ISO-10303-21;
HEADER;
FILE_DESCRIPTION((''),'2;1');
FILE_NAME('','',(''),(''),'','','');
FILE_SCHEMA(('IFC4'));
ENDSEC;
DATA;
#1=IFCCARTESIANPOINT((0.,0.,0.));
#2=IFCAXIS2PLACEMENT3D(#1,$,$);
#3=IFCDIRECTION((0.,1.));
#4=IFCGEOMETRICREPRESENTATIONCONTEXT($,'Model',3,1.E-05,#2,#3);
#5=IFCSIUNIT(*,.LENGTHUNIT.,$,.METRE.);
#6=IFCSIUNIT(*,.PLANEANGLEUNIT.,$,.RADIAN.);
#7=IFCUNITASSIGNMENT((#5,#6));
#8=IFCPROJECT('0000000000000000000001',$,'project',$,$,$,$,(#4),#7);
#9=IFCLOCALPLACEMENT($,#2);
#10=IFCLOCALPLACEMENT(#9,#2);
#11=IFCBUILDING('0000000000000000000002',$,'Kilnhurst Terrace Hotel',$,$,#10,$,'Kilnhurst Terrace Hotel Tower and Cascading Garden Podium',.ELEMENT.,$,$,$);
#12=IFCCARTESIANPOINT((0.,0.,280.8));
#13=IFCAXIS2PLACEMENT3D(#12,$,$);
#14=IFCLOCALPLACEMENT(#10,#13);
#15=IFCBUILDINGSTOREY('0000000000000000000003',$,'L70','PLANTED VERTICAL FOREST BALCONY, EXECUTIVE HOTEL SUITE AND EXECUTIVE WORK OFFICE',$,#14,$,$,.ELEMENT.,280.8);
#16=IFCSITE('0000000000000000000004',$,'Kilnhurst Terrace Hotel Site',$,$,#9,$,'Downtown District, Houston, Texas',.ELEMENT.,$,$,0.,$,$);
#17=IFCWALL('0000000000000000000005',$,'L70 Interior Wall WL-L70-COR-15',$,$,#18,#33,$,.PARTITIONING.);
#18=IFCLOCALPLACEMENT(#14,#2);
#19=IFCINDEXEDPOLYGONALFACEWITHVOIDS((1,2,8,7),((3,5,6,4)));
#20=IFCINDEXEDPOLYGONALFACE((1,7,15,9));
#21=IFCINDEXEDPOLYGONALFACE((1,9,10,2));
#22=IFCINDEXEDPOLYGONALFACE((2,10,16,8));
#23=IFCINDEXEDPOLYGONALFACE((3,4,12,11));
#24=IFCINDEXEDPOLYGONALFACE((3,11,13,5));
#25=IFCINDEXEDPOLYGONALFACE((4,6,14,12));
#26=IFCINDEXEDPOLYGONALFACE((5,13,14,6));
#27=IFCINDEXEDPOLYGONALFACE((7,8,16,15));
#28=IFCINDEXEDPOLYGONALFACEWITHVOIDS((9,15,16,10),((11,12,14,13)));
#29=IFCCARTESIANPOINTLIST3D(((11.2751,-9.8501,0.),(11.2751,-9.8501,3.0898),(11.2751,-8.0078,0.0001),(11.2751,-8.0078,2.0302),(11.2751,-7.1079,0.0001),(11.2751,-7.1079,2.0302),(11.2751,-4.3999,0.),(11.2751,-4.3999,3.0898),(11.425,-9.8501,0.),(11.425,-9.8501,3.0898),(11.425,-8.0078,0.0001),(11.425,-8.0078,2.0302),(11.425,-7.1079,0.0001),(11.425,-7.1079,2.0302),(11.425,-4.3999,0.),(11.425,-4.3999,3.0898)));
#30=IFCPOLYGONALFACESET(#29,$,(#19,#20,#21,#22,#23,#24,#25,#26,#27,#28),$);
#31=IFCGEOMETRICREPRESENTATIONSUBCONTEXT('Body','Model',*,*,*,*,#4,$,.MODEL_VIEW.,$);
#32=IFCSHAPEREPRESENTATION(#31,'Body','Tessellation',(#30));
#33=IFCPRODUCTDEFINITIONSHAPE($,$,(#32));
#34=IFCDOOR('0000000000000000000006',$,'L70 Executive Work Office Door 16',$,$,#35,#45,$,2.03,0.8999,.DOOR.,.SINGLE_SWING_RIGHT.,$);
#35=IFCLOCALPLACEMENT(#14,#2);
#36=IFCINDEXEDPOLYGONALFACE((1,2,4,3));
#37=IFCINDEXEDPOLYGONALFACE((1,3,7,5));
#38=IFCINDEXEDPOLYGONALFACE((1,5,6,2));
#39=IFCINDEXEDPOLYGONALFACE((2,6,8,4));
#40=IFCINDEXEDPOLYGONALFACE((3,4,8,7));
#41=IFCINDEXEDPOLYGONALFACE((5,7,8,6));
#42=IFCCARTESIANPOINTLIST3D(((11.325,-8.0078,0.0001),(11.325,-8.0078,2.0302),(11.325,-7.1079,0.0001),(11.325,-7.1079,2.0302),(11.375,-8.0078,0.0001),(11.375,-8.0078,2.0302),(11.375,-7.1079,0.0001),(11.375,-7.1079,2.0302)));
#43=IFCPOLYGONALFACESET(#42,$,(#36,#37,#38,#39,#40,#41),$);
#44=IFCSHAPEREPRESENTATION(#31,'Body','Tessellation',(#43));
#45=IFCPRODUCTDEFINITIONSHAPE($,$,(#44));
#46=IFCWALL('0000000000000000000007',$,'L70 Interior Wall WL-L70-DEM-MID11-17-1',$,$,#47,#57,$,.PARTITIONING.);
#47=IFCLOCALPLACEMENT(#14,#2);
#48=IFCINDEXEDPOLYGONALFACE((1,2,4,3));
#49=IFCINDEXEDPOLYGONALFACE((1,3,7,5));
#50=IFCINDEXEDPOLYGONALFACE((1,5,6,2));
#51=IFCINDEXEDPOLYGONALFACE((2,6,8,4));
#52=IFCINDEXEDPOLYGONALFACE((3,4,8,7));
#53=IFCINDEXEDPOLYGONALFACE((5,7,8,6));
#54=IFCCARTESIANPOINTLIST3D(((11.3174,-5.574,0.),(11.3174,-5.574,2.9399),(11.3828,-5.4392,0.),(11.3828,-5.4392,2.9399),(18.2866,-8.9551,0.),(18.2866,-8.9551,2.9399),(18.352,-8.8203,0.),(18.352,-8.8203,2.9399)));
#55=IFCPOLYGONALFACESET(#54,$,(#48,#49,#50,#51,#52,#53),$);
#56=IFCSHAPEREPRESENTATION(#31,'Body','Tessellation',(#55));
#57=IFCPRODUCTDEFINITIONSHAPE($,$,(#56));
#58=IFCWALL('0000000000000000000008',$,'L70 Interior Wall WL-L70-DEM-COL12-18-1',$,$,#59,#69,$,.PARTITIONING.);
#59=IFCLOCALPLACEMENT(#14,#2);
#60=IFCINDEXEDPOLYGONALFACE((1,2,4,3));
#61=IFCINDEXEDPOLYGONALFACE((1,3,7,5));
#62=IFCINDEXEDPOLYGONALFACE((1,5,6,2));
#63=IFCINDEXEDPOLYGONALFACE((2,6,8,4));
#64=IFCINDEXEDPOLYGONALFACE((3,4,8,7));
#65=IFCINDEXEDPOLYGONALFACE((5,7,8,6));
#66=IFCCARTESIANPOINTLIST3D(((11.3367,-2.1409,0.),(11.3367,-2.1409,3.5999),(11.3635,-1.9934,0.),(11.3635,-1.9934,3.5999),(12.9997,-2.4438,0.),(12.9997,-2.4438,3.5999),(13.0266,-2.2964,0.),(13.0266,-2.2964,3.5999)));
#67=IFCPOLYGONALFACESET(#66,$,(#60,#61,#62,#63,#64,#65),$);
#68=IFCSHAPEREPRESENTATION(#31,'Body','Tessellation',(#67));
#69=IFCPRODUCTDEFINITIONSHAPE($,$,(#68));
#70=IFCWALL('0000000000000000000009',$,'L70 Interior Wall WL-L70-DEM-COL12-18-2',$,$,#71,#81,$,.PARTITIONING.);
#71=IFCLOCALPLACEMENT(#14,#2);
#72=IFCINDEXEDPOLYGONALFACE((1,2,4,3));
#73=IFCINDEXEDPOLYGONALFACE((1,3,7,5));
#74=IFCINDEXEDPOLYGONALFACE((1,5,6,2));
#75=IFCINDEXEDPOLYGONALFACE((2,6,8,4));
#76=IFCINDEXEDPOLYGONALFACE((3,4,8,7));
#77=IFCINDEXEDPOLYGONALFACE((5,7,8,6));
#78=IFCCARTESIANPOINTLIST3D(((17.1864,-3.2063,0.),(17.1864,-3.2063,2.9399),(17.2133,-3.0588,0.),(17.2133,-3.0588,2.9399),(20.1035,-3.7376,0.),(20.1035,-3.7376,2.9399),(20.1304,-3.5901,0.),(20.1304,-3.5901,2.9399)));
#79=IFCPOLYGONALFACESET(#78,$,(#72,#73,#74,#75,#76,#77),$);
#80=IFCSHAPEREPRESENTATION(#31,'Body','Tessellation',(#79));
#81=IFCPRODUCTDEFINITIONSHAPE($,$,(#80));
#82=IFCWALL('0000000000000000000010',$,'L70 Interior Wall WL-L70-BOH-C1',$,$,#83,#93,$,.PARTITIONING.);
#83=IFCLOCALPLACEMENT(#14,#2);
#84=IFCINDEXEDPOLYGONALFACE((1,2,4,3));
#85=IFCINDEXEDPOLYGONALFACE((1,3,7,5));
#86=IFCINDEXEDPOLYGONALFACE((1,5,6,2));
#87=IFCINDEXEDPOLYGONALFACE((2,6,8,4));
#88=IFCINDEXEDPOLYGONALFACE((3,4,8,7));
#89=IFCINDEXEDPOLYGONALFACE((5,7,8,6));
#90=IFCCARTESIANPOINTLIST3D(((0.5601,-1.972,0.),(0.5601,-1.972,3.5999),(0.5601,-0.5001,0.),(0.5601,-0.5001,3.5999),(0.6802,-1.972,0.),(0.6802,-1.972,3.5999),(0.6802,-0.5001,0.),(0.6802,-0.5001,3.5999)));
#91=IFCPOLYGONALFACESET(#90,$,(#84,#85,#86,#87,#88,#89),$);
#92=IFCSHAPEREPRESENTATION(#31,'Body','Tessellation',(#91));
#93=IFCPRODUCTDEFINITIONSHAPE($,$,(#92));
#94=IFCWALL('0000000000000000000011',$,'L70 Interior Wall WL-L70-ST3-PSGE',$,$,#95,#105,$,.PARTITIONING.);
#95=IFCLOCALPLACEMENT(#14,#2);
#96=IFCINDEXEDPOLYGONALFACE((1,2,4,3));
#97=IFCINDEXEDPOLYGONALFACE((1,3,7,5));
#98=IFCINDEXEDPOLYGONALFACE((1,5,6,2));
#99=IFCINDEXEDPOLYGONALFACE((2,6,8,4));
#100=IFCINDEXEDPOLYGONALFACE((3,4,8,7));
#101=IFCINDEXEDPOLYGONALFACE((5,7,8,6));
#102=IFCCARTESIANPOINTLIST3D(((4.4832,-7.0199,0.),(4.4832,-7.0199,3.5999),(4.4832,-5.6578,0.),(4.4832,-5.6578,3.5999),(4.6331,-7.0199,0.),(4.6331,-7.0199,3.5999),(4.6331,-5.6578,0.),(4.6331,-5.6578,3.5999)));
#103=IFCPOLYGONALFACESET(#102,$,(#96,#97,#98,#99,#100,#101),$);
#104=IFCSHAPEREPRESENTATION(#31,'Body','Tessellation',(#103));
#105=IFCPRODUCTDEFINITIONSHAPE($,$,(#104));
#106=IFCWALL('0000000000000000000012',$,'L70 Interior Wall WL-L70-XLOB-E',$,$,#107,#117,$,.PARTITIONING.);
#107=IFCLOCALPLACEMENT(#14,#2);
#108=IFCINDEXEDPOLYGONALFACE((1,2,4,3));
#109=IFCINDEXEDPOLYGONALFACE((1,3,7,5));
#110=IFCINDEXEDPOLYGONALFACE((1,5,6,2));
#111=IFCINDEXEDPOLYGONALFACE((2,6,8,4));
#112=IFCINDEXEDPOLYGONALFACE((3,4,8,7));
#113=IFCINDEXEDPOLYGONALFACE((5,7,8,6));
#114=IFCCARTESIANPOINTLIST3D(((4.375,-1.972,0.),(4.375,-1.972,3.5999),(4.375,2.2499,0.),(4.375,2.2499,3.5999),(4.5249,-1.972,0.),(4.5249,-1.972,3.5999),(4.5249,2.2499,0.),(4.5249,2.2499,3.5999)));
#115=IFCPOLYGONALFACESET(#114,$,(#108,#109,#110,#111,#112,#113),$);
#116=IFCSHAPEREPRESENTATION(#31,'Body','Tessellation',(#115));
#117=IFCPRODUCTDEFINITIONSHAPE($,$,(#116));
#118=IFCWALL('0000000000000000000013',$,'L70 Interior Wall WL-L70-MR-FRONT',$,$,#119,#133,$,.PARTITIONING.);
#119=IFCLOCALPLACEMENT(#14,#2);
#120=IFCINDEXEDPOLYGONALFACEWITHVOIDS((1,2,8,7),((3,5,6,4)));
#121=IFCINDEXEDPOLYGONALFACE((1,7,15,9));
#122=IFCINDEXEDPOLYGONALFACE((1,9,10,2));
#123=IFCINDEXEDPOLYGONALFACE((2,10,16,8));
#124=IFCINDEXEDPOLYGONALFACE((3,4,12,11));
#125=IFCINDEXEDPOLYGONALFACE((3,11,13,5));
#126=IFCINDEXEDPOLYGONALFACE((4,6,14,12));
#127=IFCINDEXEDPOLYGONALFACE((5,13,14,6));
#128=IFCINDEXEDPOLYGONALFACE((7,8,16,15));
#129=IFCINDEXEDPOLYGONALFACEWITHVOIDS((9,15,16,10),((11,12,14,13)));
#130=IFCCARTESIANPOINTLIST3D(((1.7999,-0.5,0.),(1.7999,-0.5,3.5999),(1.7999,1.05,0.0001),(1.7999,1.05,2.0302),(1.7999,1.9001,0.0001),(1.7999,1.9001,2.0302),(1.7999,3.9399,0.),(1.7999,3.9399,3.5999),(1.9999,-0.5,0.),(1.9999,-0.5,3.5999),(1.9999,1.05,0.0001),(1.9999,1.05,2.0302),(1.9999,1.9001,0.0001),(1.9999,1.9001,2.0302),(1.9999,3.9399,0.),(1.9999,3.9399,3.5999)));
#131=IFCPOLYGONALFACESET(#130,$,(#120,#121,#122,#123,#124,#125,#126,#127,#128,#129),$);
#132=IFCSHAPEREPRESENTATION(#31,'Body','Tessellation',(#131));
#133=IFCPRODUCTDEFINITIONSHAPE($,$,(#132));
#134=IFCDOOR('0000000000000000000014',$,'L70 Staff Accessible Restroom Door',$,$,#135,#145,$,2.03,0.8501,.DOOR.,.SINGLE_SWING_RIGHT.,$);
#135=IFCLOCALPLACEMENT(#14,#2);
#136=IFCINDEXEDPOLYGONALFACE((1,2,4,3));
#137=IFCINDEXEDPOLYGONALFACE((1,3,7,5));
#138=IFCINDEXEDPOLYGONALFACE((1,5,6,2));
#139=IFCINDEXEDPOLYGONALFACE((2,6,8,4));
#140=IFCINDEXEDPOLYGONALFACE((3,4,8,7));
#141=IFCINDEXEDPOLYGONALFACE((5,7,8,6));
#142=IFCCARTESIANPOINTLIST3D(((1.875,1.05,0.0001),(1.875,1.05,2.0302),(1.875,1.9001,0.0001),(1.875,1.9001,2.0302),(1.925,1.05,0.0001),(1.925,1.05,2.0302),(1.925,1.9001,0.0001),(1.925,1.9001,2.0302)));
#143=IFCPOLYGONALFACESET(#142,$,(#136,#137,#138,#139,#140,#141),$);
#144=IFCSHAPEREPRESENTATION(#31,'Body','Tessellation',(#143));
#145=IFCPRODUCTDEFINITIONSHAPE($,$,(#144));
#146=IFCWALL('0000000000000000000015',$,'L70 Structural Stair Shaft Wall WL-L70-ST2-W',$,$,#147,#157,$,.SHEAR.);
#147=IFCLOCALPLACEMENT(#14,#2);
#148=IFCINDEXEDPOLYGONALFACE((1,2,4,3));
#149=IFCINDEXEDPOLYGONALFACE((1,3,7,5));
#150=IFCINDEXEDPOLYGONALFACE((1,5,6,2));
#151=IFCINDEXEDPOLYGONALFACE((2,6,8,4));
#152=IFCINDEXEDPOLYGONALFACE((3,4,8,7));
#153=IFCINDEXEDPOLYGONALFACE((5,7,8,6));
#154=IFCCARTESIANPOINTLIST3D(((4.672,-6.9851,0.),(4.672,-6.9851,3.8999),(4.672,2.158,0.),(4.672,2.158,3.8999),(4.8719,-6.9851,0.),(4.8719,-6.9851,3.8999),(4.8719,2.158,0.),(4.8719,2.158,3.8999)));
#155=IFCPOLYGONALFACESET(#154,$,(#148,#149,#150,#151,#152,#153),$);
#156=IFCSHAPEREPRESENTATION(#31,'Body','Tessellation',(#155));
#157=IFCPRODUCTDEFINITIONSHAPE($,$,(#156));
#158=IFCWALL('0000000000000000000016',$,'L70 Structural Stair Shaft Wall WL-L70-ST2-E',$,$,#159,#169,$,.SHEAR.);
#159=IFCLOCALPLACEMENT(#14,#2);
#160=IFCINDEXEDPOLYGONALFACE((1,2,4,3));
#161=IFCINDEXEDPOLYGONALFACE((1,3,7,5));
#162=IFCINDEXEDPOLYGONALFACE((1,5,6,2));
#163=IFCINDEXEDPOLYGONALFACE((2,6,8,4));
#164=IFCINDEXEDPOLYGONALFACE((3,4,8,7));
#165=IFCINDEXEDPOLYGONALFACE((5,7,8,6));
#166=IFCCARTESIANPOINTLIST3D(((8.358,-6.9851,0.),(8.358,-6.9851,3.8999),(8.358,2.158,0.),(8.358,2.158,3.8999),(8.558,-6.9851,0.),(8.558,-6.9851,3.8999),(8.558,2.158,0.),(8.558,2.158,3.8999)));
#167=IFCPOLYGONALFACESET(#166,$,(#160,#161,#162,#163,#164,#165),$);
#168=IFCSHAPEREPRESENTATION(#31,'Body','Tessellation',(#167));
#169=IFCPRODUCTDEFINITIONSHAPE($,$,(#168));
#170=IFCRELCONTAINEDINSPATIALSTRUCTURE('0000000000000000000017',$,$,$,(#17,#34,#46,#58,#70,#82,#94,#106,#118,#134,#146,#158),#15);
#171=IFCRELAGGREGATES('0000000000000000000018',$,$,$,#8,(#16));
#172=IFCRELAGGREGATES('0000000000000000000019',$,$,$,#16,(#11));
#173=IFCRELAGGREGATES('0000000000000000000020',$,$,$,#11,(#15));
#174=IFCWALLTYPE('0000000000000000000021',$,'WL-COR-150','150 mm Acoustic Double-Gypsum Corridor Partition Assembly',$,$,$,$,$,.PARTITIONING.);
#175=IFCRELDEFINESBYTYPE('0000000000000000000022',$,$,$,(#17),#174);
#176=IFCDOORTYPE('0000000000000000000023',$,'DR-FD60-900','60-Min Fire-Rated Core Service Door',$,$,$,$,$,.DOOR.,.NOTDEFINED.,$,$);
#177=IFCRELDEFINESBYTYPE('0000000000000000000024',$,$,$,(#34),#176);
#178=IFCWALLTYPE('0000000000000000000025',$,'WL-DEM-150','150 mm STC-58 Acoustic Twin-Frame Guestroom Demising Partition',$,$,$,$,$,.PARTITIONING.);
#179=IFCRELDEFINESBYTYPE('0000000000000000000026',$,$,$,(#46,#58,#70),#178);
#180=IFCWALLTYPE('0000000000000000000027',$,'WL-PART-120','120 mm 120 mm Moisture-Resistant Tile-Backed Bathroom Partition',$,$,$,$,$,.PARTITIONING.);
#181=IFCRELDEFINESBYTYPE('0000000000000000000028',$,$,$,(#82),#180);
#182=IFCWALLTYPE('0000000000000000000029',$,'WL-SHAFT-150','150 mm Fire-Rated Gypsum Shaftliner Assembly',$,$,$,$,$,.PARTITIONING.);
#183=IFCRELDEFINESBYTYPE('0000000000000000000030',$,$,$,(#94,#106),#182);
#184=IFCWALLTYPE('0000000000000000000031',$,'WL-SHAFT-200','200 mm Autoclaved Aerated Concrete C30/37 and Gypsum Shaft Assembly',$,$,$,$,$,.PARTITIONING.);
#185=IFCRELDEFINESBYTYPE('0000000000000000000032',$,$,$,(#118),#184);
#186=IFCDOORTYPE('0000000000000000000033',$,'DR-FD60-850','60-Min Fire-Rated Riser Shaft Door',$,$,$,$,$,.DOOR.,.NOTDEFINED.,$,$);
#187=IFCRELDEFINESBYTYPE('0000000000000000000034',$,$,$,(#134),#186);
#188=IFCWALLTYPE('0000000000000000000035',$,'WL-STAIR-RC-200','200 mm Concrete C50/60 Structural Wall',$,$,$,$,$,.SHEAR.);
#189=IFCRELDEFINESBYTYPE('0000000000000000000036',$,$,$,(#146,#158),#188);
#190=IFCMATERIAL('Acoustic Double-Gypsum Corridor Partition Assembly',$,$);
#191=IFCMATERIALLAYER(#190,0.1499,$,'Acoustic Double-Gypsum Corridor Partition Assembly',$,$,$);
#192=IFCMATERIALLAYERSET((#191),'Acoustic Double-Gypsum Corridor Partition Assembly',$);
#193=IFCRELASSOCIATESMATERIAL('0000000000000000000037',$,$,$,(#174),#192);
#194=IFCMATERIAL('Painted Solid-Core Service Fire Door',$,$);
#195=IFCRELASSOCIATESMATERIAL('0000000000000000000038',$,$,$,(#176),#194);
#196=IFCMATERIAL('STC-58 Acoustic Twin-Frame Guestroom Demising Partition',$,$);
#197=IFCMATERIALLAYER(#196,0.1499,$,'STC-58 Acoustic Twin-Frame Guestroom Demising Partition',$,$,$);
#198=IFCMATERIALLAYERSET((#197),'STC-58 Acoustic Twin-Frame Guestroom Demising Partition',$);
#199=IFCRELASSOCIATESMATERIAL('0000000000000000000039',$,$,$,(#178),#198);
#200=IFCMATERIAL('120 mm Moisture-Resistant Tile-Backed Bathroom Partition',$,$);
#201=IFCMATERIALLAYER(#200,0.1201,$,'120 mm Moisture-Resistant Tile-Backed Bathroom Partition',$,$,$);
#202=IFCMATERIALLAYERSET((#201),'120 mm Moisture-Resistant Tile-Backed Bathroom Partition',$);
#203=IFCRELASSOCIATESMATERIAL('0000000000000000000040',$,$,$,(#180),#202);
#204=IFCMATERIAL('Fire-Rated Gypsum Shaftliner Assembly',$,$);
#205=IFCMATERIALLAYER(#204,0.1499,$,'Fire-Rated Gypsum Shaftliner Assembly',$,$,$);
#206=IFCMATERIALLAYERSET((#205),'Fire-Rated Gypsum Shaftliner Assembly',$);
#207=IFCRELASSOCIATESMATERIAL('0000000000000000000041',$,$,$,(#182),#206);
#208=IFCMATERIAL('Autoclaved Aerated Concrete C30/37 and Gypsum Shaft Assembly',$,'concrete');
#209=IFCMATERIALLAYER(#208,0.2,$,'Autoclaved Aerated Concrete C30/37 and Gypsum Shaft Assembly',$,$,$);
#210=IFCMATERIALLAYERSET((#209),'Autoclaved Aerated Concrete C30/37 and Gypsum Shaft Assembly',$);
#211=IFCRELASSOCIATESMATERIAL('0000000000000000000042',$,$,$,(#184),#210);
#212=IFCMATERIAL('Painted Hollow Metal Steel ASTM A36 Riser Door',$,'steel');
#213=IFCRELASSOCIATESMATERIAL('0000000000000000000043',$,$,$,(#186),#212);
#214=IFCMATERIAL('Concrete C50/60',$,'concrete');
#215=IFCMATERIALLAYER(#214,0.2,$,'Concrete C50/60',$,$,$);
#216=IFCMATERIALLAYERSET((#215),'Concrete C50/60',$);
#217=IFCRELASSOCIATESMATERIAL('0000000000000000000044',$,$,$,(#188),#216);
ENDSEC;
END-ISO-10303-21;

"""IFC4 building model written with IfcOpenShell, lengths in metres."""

from ifc_helpers import new_model, si_unit, direction, frame, frame_2d, origin, place, context, subcontext, project, spatial, rectangle, extrude, material, layer, layer_set, type_object, element, fill, save


model = new_model("IFC4")

# Units and contexts
model_context = context("Model", 3, precision=1e-05, world=origin(), true_north=direction((0.0, 1.0)))
body_context = subcontext(model_context, "Body", "Model", "MODEL_VIEW")
ifc_project = project(units=[si_unit("LENGTHUNIT", "METRE"), si_unit("PLANEANGLEUNIT", "RADIAN")], contexts=[model_context])

# Site, building, storey
site_placement = place(None, origin())
site = spatial("IfcSite", under=ifc_project, at=site_placement, Name="Kilnhurst Terrace Hotel Site", LongName="Downtown District, Houston, Texas", CompositionType="ELEMENT", RefElevation=0.0)
building_placement = place(site_placement, origin())
building = spatial("IfcBuilding", under=site, at=building_placement, Name="Kilnhurst Terrace Hotel", LongName="Kilnhurst Terrace Hotel Tower and Cascading Garden Podium", CompositionType="ELEMENT")
storey_placement = place(building_placement, frame((0.0, 0.0, 280.8)))
storey = spatial("IfcBuildingStorey", under=building, at=storey_placement, Name="L70", Description="PLANTED VERTICAL FOREST BALCONY, EXECUTIVE HOTEL SUITE AND EXECUTIVE WORK OFFICE", CompositionType="ELEMENT", Elevation=280.8)

# Shared definitions
ifc_material_1 = material(Name="Concrete C50/60", Category="concrete")

# Shared definitions
ifc_material_2 = material(Name="Acoustic Double-Gypsum Corridor Partition Assembly")
ifc_layer_1 = layer(ifc_material_2, 0.1499, Name="Acoustic Double-Gypsum Corridor Partition Assembly")
ifc_layer_set_1 = layer_set([ifc_layer_1], Name="Acoustic Double-Gypsum Corridor Partition Assembly")
wall_type_1 = type_object("IfcWallType", Name="WL-COR-150", Description="150 mm Acoustic Double-Gypsum Corridor Partition Assembly", PredefinedType="PARTITIONING", material=ifc_layer_set_1)

# Wall, opening, door
ifc_material_3 = material(Name="Painted Solid-Core Service Fire Door")
door_type_1 = type_object("IfcDoorType", Name="DR-FD60-900", Description="60-Min Fire-Rated Core Service Door", OperationType="NOTDEFINED", PredefinedType="DOOR", material=ifc_material_3)
wall_1_placement = place(storey_placement, frame((11.3501, -4.3999, 0.0), z_axis=(0.0, 0.0, 1.0), x_axis=(0.0, -1.0, 0.0)))
wall_1 = element("IfcWall", 1, at=wall_1_placement, inside=storey, type_object=wall_type_1, Name="L70 Interior Wall WL-L70-COR-15", PredefinedType="PARTITIONING", context=body_context, shape_type="SweptSolid", body=[
    extrude(rectangle(XDim=5.4502, YDim=0.1499, at=frame_2d((2.7251, 0.0))), origin(), (0.0, 0.0, 1.0), 3.0898),
])
opening_1_placement = place(wall_1_placement, frame((2.708, 0.0, 0.0)))
opening_1 = element("IfcOpeningElement", 2, at=opening_1_placement, cuts=wall_1, PredefinedType="OPENING", context=body_context, shape_type="SweptSolid", body=[
    extrude(rectangle(XDim=0.8999, YDim=2.03, at=frame_2d((0.45, 1.0151))), frame((0.0, 0.085, 0.0), z_axis=(0.0, -1.0, 0.0), x_axis=(1.0, 0.0, 0.0)), (0.0, 0.0, 1.0), 0.1699),
])
door_1_placement = place(opening_1_placement, origin())
door_1 = element("IfcDoor", 3, at=door_1_placement, inside=storey, type_object=door_type_1, Name="L70 Executive Work Office Door 16", OperationType="SINGLE_SWING_RIGHT", OverallHeight=2.03, OverallWidth=0.8999, PredefinedType="DOOR", context=body_context, shape_type="SweptSolid", body=[
    extrude(rectangle(XDim=0.8999, YDim=2.03, at=frame_2d((0.45, 1.0151))), frame((0.0, 0.0249, 0.0), z_axis=(0.0, -1.0, 0.0), x_axis=(1.0, 0.0, 0.0)), (0.0, 0.0, 1.0), 0.05),
])
fill(opening_1, door_1)

# Walls
ifc_material_4 = material(Name="STC-58 Acoustic Twin-Frame Guestroom Demising Partition")
ifc_layer_2 = layer(ifc_material_4, 0.1499, Name="STC-58 Acoustic Twin-Frame Guestroom Demising Partition")
ifc_layer_set_2 = layer_set([ifc_layer_2], Name="STC-58 Acoustic Twin-Frame Guestroom Demising Partition")
wall_type_2 = type_object("IfcWallType", Name="WL-DEM-150", Description="150 mm STC-58 Acoustic Twin-Frame Guestroom Demising Partition", PredefinedType="PARTITIONING", material=ifc_layer_set_2)
wall_2_placement = place(storey_placement, frame((11.3501, -5.5066, 0.0), z_axis=(0.0, 0.0, 1.0), x_axis=(0.899709, -0.436491, 0.0)))
element("IfcWall", 4, at=wall_2_placement, inside=storey, type_object=wall_type_2, Name="L70 Interior Wall WL-L70-DEM-MID11-17-1", PredefinedType="PARTITIONING", context=body_context, shape_type="SweptSolid", body=[
    extrude(rectangle(XDim=7.7461, YDim=0.1499, at=frame_2d((3.873, 0.0))), origin(), (0.0, 0.0, 1.0), 2.9399),
])
wall_3_placement = place(storey_placement, frame((11.3501, -2.0671, 0.0), z_axis=(0.0, 0.0, 1.0), x_axis=(0.983807, -0.179229, 0.0)))
element("IfcWall", 5, at=wall_3_placement, inside=storey, type_object=wall_type_2, Name="L70 Interior Wall WL-L70-DEM-COL12-18-1", PredefinedType="PARTITIONING", context=body_context, shape_type="SweptSolid", body=[
    extrude(rectangle(XDim=1.6904, YDim=0.1499, at=frame_2d((0.8452, 0.0))), origin(), (0.0, 0.0, 1.0), 3.5999),
])
wall_4_placement = place(storey_placement, frame((17.2, -3.1326, 0.0), z_axis=(0.0, 0.0, 1.0), x_axis=(0.983817, -0.179175, 0.0)))
element("IfcWall", 6, at=wall_4_placement, inside=storey, type_object=wall_type_2, Name="L70 Interior Wall WL-L70-DEM-COL12-18-2", PredefinedType="PARTITIONING", context=body_context, shape_type="SweptSolid", body=[
    extrude(rectangle(XDim=2.9651, YDim=0.1499, at=frame_2d((1.4824, 0.0))), origin(), (0.0, 0.0, 1.0), 2.9399),
])
ifc_material_5 = material(Name="120 mm Moisture-Resistant Tile-Backed Bathroom Partition")
ifc_layer_3 = layer(ifc_material_5, 0.1201, Name="120 mm Moisture-Resistant Tile-Backed Bathroom Partition")
ifc_layer_set_3 = layer_set([ifc_layer_3], Name="120 mm Moisture-Resistant Tile-Backed Bathroom Partition")
wall_type_3 = type_object("IfcWallType", Name="WL-PART-120", Description="120 mm 120 mm Moisture-Resistant Tile-Backed Bathroom Partition", PredefinedType="PARTITIONING", material=ifc_layer_set_3)
wall_5_placement = place(storey_placement, frame((0.6201, -1.9719, 0.0), z_axis=(0.0, 0.0, 1.0), x_axis=(0.0, 1.0, 0.0)))
element("IfcWall", 7, at=wall_5_placement, inside=storey, type_object=wall_type_3, Name="L70 Interior Wall WL-L70-BOH-C1", PredefinedType="PARTITIONING", context=body_context, shape_type="SweptSolid", body=[
    extrude(rectangle(XDim=1.4719, YDim=0.1201, at=frame_2d((0.7358, 0.0))), origin(), (0.0, 0.0, 1.0), 3.5999),
])
ifc_material_6 = material(Name="Fire-Rated Gypsum Shaftliner Assembly")
ifc_layer_4 = layer(ifc_material_6, 0.1499, Name="Fire-Rated Gypsum Shaftliner Assembly")
ifc_layer_set_4 = layer_set([ifc_layer_4], Name="Fire-Rated Gypsum Shaftliner Assembly")
wall_type_4 = type_object("IfcWallType", Name="WL-SHAFT-150", Description="150 mm Fire-Rated Gypsum Shaftliner Assembly", PredefinedType="PARTITIONING", material=ifc_layer_set_4)
wall_6_placement = place(storey_placement, frame((4.5581, -7.02, 0.0), z_axis=(0.0, 0.0, 1.0), x_axis=(0.0, 1.0, 0.0)))
element("IfcWall", 8, at=wall_6_placement, inside=storey, type_object=wall_type_4, Name="L70 Interior Wall WL-L70-ST3-PSGE", PredefinedType="PARTITIONING", context=body_context, shape_type="SweptSolid", body=[
    extrude(rectangle(XDim=1.3621, YDim=0.1499, at=frame_2d((0.6812, 0.0))), origin(), (0.0, 0.0, 1.0), 3.5999),
])
wall_7_placement = place(storey_placement, frame((4.45, -1.9719, 0.0), z_axis=(0.0, 0.0, 1.0), x_axis=(0.0, 1.0, 0.0)))
element("IfcWall", 9, at=wall_7_placement, inside=storey, type_object=wall_type_4, Name="L70 Interior Wall WL-L70-XLOB-E", PredefinedType="PARTITIONING", context=body_context, shape_type="SweptSolid", body=[
    extrude(rectangle(XDim=4.2219, YDim=0.1499, at=frame_2d((2.1108, 0.0))), origin(), (0.0, 0.0, 1.0), 3.5999),
])

# Wall, opening, door
ifc_material_7 = material(Name="Autoclaved Aerated Concrete C30/37 and Gypsum Shaft Assembly", Category="concrete")
ifc_layer_5 = layer(ifc_material_7, 0.2, Name="Autoclaved Aerated Concrete C30/37 and Gypsum Shaft Assembly")
ifc_layer_set_5 = layer_set([ifc_layer_5], Name="Autoclaved Aerated Concrete C30/37 and Gypsum Shaft Assembly")
wall_type_5 = type_object("IfcWallType", Name="WL-SHAFT-200", Description="200 mm Autoclaved Aerated Concrete C30/37 and Gypsum Shaft Assembly", PredefinedType="PARTITIONING", material=ifc_layer_set_5)
wall_8_placement = place(storey_placement, frame((1.8999, -0.5, 0.0), z_axis=(0.0, 0.0, 1.0), x_axis=(0.0, 1.0, 0.0)))
wall_8 = element("IfcWall", 10, at=wall_8_placement, inside=storey, type_object=wall_type_5, Name="L70 Interior Wall WL-L70-MR-FRONT", PredefinedType="PARTITIONING", context=body_context, shape_type="SweptSolid", body=[
    extrude(rectangle(XDim=4.4399, YDim=0.2, at=frame_2d((2.22, 0.0))), origin(), (0.0, 0.0, 1.0), 3.5999),
])
opening_2_placement = place(wall_8_placement, frame((1.55, 0.0, 0.0)))
opening_2 = element("IfcOpeningElement", 11, at=opening_2_placement, cuts=wall_8, PredefinedType="OPENING", context=body_context, shape_type="SweptSolid", body=[
    extrude(rectangle(XDim=0.8501, YDim=2.03, at=frame_2d((0.425, 1.0151))), frame((0.0, 0.1099, 0.0), z_axis=(0.0, -1.0, 0.0), x_axis=(1.0, 0.0, 0.0)), (0.0, 0.0, 1.0), 0.22),
])
ifc_material_8 = material(Name="Painted Hollow Metal Steel ASTM A36 Riser Door", Category="steel")
door_type_2 = type_object("IfcDoorType", Name="DR-FD60-850", Description="60-Min Fire-Rated Riser Shaft Door", OperationType="NOTDEFINED", PredefinedType="DOOR", material=ifc_material_8)
door_2_placement = place(opening_2_placement, origin())
door_2 = element("IfcDoor", 12, at=door_2_placement, inside=storey, type_object=door_type_2, Name="L70 Staff Accessible Restroom Door", OperationType="SINGLE_SWING_RIGHT", OverallHeight=2.03, OverallWidth=0.8501, PredefinedType="DOOR", context=body_context, shape_type="SweptSolid", body=[
    extrude(rectangle(XDim=0.8501, YDim=2.03, at=frame_2d((0.425, 1.0151))), frame((0.0, 0.0249, 0.0), z_axis=(0.0, -1.0, 0.0), x_axis=(1.0, 0.0, 0.0)), (0.0, 0.0, 1.0), 0.05),
])
fill(opening_2, door_2)

# Walls
ifc_layer_6 = layer(ifc_material_1, 0.2, Name="Concrete C50/60")
ifc_layer_set_6 = layer_set([ifc_layer_6], Name="Concrete C50/60")
wall_type_6 = type_object("IfcWallType", Name="WL-STAIR-RC-200", Description="200 mm Concrete C50/60 Structural Wall", PredefinedType="SHEAR", material=ifc_layer_set_6)
for number, where, z_axis, x_axis, name in (
    (13, (4.772, -6.9851, 0.0), (0.0, 0.0, 1.0), (0.0, 1.0, 0.0), "L70 Structural Stair Shaft Wall WL-L70-ST2-W"),
    (14, (8.458, -6.9851, 0.0), (0.0, 0.0, 1.0), (0.0, 1.0, 0.0), "L70 Structural Stair Shaft Wall WL-L70-ST2-E"),
):
    element("IfcWall", number, at=place(storey_placement, frame(where, z_axis=z_axis, x_axis=x_axis)), inside=storey, type_object=wall_type_6, Name=name, PredefinedType="SHEAR", context=body_context, shape_type="SweptSolid", body=[
        extrude(rectangle(XDim=9.1431, YDim=0.2, at=frame_2d((4.5715, 0.0))), origin(), (0.0, 0.0, 1.0), 3.8999),
    ])

save(model, "model.ifc")
